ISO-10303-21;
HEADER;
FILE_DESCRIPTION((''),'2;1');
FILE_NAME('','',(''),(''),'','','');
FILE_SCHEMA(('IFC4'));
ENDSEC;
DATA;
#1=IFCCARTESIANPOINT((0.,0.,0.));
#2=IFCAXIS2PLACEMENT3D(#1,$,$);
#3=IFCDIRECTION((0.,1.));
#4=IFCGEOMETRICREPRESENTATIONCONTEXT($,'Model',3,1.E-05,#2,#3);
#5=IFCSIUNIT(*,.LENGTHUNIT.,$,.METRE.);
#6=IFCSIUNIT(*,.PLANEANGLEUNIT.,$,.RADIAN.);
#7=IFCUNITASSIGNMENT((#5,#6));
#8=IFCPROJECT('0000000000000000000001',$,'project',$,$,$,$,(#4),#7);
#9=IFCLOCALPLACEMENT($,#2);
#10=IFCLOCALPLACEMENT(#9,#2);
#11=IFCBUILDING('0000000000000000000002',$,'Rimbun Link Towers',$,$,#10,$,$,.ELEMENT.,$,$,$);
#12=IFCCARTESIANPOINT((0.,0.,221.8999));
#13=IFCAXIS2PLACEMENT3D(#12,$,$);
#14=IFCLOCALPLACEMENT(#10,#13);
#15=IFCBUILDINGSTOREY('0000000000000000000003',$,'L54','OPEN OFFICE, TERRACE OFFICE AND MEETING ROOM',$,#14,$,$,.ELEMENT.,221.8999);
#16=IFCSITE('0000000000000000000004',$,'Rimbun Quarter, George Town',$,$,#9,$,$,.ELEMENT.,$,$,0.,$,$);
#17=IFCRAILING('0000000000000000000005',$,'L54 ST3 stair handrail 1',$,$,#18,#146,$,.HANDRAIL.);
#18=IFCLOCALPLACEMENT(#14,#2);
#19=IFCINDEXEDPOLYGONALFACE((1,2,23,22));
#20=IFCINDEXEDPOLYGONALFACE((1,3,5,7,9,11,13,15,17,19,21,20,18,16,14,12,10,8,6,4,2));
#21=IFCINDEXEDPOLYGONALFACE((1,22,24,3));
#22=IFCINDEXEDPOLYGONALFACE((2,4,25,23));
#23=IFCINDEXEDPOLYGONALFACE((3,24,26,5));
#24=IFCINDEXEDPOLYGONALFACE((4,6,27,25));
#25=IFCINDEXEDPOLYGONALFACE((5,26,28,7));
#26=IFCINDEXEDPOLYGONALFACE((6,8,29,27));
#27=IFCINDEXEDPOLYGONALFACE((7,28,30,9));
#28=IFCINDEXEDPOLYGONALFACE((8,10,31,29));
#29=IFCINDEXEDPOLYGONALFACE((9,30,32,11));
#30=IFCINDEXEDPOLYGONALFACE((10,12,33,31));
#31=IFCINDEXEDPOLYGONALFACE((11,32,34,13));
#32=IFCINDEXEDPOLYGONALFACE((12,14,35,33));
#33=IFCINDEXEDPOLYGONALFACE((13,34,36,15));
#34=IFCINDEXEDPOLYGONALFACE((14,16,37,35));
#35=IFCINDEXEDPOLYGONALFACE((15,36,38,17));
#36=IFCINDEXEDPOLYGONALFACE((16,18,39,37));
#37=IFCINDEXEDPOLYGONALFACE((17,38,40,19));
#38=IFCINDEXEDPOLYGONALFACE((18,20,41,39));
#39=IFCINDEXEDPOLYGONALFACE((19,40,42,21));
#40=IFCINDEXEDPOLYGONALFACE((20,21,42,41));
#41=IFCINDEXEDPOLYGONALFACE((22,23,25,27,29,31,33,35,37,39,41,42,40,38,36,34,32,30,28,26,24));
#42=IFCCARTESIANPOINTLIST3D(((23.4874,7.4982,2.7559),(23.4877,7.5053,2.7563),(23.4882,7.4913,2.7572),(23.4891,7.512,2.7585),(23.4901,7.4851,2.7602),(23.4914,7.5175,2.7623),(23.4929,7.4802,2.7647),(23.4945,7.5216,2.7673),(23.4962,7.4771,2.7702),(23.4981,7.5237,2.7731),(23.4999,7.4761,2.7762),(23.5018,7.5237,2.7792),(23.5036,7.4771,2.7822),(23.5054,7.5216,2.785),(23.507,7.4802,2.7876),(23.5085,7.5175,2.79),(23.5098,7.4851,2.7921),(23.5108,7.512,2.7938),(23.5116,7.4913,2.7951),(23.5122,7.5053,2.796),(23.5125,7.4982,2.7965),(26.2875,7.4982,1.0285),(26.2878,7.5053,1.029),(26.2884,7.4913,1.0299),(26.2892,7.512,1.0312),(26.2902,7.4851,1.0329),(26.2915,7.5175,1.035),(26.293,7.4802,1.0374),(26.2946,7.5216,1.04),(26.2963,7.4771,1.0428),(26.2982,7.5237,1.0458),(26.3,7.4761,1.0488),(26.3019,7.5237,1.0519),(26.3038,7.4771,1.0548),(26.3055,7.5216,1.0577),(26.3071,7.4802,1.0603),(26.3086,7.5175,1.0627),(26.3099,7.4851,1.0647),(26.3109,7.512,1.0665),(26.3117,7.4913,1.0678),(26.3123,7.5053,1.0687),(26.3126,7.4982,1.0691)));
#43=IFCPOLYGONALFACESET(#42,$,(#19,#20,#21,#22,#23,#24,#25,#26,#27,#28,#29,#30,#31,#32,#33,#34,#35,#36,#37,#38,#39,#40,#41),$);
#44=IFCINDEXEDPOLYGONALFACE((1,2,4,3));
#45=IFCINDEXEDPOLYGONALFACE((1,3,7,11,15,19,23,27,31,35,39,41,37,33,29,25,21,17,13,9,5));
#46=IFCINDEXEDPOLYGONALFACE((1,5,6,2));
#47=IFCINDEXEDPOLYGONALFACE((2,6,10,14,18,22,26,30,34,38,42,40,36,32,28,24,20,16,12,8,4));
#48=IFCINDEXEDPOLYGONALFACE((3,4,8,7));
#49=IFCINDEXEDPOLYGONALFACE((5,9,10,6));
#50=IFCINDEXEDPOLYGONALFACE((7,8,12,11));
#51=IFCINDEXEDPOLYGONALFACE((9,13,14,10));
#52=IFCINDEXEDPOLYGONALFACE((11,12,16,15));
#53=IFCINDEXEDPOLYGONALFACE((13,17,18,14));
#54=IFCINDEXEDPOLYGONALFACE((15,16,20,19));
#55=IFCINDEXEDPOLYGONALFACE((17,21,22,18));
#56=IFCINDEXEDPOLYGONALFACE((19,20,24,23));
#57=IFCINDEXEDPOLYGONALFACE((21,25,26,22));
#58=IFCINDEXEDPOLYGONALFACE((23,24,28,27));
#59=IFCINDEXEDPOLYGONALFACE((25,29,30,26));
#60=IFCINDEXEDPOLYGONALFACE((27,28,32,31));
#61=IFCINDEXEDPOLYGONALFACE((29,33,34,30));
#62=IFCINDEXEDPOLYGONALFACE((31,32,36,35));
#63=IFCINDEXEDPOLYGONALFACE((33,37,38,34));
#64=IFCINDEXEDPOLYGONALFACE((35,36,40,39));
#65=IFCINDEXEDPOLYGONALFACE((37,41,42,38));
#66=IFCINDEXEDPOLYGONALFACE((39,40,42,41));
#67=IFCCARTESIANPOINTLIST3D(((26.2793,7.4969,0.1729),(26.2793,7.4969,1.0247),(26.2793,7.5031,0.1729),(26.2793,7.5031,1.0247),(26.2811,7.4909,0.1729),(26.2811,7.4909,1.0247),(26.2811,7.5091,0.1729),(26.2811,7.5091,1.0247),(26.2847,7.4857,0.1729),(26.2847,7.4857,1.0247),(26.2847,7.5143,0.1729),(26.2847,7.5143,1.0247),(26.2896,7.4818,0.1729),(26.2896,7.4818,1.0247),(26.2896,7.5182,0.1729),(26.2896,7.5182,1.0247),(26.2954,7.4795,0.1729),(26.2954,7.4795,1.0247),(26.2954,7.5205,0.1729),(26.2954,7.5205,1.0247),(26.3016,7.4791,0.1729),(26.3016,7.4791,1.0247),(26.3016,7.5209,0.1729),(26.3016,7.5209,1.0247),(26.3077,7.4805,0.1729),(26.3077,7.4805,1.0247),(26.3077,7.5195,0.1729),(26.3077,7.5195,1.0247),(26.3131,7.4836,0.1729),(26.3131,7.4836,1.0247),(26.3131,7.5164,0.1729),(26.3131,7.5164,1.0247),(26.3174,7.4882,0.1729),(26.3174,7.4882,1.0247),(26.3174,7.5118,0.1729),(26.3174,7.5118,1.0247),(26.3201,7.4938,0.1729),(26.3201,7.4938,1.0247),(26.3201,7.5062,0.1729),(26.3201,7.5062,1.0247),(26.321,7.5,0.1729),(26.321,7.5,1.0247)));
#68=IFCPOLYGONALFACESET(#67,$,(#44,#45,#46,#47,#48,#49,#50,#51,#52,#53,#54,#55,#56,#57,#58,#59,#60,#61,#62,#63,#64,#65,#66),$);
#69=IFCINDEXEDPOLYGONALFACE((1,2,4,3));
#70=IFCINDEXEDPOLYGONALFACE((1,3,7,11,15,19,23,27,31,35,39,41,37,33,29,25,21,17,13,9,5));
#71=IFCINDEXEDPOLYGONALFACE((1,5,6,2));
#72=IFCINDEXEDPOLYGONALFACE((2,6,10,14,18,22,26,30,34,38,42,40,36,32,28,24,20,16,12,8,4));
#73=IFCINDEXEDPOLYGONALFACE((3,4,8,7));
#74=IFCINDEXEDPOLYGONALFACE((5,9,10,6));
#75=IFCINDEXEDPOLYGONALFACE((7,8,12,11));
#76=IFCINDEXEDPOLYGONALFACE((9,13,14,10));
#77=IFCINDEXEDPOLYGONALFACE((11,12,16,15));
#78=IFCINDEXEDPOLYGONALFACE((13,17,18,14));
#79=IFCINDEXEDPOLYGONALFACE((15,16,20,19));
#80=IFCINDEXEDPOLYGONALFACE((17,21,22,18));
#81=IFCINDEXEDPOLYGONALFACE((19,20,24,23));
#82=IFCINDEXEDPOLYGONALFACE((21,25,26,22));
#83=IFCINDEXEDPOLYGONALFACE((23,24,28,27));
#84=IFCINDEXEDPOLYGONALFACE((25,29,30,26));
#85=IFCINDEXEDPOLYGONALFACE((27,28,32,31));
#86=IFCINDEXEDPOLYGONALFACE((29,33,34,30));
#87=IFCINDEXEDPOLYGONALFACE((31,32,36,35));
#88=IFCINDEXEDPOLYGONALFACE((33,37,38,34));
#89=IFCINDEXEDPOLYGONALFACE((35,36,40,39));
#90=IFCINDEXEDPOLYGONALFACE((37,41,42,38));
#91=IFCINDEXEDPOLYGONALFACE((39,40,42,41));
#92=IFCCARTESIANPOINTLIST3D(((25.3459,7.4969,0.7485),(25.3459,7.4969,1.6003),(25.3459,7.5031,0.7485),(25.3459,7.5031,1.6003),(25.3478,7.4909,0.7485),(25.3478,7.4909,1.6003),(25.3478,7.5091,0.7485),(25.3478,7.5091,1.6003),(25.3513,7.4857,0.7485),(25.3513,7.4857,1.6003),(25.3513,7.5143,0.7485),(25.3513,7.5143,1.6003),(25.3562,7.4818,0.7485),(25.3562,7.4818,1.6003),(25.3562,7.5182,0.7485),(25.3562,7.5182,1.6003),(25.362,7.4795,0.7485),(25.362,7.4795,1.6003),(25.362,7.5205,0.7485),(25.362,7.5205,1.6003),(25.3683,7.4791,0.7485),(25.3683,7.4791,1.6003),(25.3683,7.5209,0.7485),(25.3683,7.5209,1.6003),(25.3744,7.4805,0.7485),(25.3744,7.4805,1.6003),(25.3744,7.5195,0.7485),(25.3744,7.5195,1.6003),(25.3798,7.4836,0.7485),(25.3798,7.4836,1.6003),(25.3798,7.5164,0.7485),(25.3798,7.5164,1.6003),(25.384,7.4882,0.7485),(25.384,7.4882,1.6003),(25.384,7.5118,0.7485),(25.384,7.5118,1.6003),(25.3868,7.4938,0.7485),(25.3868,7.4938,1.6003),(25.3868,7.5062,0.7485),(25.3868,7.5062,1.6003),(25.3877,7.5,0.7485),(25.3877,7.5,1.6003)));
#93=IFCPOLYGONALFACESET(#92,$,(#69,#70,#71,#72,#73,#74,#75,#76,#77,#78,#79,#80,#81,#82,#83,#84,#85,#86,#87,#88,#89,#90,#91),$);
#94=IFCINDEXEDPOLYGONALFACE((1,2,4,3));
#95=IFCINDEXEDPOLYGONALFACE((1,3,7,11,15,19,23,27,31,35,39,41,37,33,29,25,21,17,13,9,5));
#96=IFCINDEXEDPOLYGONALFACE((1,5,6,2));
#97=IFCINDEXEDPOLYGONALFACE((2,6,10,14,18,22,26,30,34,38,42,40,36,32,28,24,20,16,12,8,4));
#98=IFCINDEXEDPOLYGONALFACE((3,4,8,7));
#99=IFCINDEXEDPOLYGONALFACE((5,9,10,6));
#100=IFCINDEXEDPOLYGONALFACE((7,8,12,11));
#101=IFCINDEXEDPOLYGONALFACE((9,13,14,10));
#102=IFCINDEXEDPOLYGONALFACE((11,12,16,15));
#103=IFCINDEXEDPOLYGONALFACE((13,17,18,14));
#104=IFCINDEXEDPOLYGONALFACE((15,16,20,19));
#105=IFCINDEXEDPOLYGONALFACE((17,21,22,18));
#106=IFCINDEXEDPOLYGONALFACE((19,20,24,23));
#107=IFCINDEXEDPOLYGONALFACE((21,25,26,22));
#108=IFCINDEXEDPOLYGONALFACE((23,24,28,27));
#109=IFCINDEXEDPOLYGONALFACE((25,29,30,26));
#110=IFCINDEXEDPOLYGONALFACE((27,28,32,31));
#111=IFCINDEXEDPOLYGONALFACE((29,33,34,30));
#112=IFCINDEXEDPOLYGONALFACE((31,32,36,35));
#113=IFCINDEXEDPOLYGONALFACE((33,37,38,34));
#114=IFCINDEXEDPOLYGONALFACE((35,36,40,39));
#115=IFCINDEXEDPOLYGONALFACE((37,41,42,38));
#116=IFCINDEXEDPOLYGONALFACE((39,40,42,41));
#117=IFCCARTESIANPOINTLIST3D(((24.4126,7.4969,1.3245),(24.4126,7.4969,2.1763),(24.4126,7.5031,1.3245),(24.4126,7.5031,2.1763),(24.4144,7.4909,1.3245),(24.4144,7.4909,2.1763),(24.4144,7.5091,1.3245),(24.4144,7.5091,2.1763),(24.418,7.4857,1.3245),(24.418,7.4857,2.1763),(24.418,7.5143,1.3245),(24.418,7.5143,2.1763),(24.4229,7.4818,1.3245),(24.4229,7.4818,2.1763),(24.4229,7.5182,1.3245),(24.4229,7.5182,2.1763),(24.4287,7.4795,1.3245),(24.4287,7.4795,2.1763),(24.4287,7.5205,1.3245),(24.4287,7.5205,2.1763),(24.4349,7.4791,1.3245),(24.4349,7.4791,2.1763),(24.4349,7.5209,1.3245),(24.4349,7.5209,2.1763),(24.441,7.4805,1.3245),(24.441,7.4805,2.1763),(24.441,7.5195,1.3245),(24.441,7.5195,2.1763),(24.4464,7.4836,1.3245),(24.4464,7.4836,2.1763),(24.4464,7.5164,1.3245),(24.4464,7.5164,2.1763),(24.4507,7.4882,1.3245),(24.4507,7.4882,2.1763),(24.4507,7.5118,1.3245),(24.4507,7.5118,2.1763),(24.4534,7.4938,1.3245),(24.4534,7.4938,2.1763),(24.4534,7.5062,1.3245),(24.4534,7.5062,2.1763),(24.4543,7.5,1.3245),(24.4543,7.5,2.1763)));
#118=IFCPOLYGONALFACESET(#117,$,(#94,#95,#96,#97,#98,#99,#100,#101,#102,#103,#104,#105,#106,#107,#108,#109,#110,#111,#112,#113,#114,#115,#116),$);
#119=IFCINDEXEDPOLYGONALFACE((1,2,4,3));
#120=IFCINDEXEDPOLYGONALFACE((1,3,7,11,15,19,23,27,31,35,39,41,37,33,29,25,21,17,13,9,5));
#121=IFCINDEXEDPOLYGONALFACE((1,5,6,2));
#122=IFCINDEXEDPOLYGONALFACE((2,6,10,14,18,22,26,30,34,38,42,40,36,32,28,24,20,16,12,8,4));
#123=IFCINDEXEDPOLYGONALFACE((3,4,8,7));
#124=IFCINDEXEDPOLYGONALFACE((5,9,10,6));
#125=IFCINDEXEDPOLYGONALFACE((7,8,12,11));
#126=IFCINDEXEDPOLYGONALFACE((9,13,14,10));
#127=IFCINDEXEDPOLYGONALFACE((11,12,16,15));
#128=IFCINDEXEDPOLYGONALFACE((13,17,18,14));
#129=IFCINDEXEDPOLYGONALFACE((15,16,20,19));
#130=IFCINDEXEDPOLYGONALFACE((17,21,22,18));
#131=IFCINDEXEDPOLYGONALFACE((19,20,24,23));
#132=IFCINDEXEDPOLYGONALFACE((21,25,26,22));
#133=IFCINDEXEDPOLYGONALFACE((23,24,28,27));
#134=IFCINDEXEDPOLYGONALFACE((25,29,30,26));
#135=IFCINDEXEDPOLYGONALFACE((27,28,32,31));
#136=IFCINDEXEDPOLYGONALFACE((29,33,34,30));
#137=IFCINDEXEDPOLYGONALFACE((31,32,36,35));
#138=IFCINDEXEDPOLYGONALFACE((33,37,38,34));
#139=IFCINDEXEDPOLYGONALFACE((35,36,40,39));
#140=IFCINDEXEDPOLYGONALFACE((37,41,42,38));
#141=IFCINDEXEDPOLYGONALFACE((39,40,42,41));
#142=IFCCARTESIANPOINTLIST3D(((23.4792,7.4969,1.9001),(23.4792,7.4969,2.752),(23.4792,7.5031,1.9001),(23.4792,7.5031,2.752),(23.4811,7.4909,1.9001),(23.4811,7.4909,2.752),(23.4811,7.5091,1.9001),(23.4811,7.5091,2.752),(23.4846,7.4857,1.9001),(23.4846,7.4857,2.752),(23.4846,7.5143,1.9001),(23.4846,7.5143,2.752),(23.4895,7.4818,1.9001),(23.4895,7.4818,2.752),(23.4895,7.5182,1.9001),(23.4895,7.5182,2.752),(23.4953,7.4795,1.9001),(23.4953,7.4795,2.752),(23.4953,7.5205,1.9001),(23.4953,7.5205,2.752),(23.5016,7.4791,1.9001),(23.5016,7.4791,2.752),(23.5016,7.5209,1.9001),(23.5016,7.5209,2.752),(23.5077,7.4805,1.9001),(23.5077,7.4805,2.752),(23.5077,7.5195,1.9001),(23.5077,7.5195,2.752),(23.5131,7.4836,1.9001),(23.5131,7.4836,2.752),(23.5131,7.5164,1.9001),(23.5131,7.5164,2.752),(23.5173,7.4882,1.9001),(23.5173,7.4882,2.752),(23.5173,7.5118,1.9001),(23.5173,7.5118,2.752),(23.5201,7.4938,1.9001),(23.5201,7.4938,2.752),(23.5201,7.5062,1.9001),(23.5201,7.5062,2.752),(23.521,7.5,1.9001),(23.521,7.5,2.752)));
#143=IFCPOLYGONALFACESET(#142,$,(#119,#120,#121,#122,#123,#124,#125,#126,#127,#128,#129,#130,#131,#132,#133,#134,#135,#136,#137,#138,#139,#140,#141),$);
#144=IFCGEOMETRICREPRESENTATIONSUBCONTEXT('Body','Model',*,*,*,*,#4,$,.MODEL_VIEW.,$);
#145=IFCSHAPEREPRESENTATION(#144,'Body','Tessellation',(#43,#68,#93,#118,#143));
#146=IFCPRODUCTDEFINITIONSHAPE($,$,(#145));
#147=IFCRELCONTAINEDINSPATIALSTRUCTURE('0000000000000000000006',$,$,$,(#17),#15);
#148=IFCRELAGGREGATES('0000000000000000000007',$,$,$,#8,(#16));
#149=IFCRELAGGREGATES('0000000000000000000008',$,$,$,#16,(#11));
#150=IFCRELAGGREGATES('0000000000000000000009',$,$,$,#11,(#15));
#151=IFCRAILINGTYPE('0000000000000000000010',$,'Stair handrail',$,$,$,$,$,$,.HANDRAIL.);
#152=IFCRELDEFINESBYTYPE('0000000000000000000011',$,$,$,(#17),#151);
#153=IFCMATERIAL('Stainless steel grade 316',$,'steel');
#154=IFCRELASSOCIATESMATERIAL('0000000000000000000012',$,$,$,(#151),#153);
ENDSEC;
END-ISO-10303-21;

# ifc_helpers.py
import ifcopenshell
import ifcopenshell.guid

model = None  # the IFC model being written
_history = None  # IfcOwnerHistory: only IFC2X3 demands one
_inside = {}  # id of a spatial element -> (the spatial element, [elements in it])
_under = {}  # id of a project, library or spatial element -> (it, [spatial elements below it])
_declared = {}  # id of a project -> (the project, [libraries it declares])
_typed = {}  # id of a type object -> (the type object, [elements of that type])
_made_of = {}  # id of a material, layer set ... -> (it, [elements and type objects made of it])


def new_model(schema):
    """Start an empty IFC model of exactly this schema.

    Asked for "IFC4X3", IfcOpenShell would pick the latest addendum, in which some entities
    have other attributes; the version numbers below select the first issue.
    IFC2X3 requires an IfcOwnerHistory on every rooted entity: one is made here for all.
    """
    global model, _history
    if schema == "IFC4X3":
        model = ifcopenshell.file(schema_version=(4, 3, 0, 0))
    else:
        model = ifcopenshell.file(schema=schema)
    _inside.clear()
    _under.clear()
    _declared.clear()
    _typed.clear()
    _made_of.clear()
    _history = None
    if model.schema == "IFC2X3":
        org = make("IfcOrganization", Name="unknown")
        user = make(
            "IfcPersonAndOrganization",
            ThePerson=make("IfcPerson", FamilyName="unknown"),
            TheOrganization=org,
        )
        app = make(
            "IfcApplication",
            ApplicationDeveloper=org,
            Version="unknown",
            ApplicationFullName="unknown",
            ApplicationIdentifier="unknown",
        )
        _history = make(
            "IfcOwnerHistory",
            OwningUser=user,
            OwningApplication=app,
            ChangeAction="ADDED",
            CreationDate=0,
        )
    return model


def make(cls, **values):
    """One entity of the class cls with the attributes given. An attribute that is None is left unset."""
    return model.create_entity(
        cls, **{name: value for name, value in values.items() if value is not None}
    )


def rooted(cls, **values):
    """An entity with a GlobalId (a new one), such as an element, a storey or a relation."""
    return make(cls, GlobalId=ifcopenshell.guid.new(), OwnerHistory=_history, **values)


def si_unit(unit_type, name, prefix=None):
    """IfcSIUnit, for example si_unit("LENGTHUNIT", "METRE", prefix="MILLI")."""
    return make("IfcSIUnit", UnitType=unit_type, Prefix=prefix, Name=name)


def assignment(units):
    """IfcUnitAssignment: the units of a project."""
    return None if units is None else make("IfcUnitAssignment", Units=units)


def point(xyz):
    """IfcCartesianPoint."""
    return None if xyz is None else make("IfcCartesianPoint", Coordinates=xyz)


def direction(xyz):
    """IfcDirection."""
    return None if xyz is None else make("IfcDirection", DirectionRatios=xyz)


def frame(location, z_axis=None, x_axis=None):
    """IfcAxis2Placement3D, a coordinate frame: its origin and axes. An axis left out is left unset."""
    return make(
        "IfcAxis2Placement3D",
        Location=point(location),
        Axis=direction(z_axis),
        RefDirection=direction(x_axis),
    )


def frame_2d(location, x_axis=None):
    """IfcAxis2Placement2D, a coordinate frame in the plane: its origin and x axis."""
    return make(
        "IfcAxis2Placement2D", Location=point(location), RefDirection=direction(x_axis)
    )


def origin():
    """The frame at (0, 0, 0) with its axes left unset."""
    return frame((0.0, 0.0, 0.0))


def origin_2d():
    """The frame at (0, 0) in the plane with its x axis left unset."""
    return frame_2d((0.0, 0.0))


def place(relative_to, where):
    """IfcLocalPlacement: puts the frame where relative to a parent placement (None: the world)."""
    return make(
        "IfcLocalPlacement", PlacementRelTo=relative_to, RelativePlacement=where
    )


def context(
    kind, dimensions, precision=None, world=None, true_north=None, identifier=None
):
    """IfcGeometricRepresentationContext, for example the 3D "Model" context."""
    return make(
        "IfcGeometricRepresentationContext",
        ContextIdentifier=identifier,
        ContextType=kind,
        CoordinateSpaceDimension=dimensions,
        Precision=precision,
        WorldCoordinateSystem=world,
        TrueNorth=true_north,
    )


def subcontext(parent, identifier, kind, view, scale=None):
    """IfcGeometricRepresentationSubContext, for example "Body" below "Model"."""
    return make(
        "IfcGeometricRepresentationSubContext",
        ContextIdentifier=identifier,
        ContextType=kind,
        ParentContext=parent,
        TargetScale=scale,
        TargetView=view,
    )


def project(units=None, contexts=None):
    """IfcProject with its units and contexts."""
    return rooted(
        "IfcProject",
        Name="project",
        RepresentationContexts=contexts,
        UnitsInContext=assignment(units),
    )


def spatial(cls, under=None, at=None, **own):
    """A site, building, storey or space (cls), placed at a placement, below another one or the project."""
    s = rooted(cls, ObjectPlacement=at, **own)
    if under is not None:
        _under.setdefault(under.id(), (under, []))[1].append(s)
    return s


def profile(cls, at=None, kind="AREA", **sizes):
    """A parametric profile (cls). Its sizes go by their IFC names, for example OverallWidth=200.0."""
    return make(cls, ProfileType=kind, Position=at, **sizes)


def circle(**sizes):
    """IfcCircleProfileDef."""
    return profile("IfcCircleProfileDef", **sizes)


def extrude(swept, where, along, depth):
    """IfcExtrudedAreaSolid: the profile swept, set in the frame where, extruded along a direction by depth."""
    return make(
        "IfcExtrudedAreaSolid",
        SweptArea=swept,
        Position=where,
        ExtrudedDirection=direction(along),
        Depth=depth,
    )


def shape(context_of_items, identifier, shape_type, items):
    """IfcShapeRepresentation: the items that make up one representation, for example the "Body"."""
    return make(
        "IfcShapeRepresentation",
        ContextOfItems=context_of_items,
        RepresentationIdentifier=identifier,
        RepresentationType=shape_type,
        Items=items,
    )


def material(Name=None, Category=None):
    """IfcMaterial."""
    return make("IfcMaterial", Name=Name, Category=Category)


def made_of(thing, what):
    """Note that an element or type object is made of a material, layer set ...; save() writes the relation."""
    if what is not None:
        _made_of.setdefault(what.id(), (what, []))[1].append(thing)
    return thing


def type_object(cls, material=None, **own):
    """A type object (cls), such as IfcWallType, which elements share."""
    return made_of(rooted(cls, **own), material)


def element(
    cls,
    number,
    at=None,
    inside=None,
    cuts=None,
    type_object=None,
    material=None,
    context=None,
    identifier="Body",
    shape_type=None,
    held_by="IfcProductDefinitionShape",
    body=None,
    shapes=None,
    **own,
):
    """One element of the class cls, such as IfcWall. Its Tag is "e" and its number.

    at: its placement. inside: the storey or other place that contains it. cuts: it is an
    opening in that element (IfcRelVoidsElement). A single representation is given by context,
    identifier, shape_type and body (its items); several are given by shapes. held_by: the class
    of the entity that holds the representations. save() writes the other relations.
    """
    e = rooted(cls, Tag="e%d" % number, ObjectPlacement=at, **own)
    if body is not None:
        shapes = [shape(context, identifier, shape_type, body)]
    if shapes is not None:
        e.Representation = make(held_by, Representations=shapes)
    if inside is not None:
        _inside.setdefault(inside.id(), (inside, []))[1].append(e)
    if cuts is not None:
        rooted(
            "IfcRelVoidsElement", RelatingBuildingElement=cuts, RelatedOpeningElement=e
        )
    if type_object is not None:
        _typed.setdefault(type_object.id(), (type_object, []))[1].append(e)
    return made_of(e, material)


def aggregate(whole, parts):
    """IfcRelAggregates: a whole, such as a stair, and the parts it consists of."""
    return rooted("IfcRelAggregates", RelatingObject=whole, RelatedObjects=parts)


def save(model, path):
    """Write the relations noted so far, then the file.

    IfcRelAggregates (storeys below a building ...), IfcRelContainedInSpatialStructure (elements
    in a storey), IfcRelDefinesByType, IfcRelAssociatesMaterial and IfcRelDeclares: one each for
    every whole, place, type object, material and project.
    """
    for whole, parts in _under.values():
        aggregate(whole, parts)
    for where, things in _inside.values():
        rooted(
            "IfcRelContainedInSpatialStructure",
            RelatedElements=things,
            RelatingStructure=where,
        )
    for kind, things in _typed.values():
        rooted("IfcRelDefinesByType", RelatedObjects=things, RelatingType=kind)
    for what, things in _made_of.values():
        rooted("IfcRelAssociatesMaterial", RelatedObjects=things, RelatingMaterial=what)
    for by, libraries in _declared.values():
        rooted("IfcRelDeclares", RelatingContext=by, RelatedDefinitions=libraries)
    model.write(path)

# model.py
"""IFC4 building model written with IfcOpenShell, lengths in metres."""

from ifc_helpers import new_model, si_unit, direction, frame, origin, origin_2d, place, context, subcontext, project, spatial, circle, extrude, material, type_object, element, save


model = new_model("IFC4")

# Units and contexts
model_context = context("Model", 3, precision=1e-05, world=origin(), true_north=direction((0.0, 1.0)))
body_context = subcontext(model_context, "Body", "Model", "MODEL_VIEW")
ifc_project = project(units=[si_unit("LENGTHUNIT", "METRE"), si_unit("PLANEANGLEUNIT", "RADIAN")], contexts=[model_context])

# Site, building, storey
site_placement = place(None, origin())
site = spatial("IfcSite", under=ifc_project, at=site_placement, Name="Rimbun Quarter, George Town", CompositionType="ELEMENT", RefElevation=0.0)
building_placement = place(site_placement, origin())
building = spatial("IfcBuilding", under=site, at=building_placement, Name="Rimbun Link Towers", CompositionType="ELEMENT")
storey_placement = place(building_placement, frame((0.0, 0.0, 221.8999)))
storey = spatial("IfcBuildingStorey", under=building, at=storey_placement, Name="L54", Description="OPEN OFFICE, TERRACE OFFICE AND MEETING ROOM", CompositionType="ELEMENT", Elevation=221.8999)

# Railing
ifc_material_1 = material(Name="Stainless steel grade 316", Category="steel")
railing_type_1 = type_object("IfcRailingType", Name="Stair handrail", PredefinedType="HANDRAIL", material=ifc_material_1)
railing_1_placement = place(storey_placement, frame((26.3, 7.5, 0.1729)))
element("IfcRailing", 1, at=railing_1_placement, inside=storey, type_object=railing_type_1, Name="L54 ST3 stair handrail 1", PredefinedType="HANDRAIL", context=body_context, shape_type="SweptSolid", body=[
    extrude(circle(Radius=0.0239, at=origin_2d()), frame((0.0, 0.0, 0.876), z_axis=(-0.85109, 0.0, 0.52502), x_axis=(0.0, -1.0, 0.0)), (0.0, 0.0, 1.0), 3.29),
    extrude(circle(Radius=0.021, at=origin_2d()), origin(), (0.0, 0.0, 1.0), 0.8518),
    extrude(circle(Radius=0.021, at=origin_2d()), frame((-0.9333, 0.0, 0.5757)), (0.0, 0.0, 1.0), 0.8518),
    extrude(circle(Radius=0.021, at=origin_2d()), frame((-1.8667, 0.0, 1.1516)), (0.0, 0.0, 1.0), 0.8518),
    extrude(circle(Radius=0.021, at=origin_2d()), frame((-2.8, 0.0, 1.7273)), (0.0, 0.0, 1.0), 0.8518),
])

save(model, "model.ifc")
